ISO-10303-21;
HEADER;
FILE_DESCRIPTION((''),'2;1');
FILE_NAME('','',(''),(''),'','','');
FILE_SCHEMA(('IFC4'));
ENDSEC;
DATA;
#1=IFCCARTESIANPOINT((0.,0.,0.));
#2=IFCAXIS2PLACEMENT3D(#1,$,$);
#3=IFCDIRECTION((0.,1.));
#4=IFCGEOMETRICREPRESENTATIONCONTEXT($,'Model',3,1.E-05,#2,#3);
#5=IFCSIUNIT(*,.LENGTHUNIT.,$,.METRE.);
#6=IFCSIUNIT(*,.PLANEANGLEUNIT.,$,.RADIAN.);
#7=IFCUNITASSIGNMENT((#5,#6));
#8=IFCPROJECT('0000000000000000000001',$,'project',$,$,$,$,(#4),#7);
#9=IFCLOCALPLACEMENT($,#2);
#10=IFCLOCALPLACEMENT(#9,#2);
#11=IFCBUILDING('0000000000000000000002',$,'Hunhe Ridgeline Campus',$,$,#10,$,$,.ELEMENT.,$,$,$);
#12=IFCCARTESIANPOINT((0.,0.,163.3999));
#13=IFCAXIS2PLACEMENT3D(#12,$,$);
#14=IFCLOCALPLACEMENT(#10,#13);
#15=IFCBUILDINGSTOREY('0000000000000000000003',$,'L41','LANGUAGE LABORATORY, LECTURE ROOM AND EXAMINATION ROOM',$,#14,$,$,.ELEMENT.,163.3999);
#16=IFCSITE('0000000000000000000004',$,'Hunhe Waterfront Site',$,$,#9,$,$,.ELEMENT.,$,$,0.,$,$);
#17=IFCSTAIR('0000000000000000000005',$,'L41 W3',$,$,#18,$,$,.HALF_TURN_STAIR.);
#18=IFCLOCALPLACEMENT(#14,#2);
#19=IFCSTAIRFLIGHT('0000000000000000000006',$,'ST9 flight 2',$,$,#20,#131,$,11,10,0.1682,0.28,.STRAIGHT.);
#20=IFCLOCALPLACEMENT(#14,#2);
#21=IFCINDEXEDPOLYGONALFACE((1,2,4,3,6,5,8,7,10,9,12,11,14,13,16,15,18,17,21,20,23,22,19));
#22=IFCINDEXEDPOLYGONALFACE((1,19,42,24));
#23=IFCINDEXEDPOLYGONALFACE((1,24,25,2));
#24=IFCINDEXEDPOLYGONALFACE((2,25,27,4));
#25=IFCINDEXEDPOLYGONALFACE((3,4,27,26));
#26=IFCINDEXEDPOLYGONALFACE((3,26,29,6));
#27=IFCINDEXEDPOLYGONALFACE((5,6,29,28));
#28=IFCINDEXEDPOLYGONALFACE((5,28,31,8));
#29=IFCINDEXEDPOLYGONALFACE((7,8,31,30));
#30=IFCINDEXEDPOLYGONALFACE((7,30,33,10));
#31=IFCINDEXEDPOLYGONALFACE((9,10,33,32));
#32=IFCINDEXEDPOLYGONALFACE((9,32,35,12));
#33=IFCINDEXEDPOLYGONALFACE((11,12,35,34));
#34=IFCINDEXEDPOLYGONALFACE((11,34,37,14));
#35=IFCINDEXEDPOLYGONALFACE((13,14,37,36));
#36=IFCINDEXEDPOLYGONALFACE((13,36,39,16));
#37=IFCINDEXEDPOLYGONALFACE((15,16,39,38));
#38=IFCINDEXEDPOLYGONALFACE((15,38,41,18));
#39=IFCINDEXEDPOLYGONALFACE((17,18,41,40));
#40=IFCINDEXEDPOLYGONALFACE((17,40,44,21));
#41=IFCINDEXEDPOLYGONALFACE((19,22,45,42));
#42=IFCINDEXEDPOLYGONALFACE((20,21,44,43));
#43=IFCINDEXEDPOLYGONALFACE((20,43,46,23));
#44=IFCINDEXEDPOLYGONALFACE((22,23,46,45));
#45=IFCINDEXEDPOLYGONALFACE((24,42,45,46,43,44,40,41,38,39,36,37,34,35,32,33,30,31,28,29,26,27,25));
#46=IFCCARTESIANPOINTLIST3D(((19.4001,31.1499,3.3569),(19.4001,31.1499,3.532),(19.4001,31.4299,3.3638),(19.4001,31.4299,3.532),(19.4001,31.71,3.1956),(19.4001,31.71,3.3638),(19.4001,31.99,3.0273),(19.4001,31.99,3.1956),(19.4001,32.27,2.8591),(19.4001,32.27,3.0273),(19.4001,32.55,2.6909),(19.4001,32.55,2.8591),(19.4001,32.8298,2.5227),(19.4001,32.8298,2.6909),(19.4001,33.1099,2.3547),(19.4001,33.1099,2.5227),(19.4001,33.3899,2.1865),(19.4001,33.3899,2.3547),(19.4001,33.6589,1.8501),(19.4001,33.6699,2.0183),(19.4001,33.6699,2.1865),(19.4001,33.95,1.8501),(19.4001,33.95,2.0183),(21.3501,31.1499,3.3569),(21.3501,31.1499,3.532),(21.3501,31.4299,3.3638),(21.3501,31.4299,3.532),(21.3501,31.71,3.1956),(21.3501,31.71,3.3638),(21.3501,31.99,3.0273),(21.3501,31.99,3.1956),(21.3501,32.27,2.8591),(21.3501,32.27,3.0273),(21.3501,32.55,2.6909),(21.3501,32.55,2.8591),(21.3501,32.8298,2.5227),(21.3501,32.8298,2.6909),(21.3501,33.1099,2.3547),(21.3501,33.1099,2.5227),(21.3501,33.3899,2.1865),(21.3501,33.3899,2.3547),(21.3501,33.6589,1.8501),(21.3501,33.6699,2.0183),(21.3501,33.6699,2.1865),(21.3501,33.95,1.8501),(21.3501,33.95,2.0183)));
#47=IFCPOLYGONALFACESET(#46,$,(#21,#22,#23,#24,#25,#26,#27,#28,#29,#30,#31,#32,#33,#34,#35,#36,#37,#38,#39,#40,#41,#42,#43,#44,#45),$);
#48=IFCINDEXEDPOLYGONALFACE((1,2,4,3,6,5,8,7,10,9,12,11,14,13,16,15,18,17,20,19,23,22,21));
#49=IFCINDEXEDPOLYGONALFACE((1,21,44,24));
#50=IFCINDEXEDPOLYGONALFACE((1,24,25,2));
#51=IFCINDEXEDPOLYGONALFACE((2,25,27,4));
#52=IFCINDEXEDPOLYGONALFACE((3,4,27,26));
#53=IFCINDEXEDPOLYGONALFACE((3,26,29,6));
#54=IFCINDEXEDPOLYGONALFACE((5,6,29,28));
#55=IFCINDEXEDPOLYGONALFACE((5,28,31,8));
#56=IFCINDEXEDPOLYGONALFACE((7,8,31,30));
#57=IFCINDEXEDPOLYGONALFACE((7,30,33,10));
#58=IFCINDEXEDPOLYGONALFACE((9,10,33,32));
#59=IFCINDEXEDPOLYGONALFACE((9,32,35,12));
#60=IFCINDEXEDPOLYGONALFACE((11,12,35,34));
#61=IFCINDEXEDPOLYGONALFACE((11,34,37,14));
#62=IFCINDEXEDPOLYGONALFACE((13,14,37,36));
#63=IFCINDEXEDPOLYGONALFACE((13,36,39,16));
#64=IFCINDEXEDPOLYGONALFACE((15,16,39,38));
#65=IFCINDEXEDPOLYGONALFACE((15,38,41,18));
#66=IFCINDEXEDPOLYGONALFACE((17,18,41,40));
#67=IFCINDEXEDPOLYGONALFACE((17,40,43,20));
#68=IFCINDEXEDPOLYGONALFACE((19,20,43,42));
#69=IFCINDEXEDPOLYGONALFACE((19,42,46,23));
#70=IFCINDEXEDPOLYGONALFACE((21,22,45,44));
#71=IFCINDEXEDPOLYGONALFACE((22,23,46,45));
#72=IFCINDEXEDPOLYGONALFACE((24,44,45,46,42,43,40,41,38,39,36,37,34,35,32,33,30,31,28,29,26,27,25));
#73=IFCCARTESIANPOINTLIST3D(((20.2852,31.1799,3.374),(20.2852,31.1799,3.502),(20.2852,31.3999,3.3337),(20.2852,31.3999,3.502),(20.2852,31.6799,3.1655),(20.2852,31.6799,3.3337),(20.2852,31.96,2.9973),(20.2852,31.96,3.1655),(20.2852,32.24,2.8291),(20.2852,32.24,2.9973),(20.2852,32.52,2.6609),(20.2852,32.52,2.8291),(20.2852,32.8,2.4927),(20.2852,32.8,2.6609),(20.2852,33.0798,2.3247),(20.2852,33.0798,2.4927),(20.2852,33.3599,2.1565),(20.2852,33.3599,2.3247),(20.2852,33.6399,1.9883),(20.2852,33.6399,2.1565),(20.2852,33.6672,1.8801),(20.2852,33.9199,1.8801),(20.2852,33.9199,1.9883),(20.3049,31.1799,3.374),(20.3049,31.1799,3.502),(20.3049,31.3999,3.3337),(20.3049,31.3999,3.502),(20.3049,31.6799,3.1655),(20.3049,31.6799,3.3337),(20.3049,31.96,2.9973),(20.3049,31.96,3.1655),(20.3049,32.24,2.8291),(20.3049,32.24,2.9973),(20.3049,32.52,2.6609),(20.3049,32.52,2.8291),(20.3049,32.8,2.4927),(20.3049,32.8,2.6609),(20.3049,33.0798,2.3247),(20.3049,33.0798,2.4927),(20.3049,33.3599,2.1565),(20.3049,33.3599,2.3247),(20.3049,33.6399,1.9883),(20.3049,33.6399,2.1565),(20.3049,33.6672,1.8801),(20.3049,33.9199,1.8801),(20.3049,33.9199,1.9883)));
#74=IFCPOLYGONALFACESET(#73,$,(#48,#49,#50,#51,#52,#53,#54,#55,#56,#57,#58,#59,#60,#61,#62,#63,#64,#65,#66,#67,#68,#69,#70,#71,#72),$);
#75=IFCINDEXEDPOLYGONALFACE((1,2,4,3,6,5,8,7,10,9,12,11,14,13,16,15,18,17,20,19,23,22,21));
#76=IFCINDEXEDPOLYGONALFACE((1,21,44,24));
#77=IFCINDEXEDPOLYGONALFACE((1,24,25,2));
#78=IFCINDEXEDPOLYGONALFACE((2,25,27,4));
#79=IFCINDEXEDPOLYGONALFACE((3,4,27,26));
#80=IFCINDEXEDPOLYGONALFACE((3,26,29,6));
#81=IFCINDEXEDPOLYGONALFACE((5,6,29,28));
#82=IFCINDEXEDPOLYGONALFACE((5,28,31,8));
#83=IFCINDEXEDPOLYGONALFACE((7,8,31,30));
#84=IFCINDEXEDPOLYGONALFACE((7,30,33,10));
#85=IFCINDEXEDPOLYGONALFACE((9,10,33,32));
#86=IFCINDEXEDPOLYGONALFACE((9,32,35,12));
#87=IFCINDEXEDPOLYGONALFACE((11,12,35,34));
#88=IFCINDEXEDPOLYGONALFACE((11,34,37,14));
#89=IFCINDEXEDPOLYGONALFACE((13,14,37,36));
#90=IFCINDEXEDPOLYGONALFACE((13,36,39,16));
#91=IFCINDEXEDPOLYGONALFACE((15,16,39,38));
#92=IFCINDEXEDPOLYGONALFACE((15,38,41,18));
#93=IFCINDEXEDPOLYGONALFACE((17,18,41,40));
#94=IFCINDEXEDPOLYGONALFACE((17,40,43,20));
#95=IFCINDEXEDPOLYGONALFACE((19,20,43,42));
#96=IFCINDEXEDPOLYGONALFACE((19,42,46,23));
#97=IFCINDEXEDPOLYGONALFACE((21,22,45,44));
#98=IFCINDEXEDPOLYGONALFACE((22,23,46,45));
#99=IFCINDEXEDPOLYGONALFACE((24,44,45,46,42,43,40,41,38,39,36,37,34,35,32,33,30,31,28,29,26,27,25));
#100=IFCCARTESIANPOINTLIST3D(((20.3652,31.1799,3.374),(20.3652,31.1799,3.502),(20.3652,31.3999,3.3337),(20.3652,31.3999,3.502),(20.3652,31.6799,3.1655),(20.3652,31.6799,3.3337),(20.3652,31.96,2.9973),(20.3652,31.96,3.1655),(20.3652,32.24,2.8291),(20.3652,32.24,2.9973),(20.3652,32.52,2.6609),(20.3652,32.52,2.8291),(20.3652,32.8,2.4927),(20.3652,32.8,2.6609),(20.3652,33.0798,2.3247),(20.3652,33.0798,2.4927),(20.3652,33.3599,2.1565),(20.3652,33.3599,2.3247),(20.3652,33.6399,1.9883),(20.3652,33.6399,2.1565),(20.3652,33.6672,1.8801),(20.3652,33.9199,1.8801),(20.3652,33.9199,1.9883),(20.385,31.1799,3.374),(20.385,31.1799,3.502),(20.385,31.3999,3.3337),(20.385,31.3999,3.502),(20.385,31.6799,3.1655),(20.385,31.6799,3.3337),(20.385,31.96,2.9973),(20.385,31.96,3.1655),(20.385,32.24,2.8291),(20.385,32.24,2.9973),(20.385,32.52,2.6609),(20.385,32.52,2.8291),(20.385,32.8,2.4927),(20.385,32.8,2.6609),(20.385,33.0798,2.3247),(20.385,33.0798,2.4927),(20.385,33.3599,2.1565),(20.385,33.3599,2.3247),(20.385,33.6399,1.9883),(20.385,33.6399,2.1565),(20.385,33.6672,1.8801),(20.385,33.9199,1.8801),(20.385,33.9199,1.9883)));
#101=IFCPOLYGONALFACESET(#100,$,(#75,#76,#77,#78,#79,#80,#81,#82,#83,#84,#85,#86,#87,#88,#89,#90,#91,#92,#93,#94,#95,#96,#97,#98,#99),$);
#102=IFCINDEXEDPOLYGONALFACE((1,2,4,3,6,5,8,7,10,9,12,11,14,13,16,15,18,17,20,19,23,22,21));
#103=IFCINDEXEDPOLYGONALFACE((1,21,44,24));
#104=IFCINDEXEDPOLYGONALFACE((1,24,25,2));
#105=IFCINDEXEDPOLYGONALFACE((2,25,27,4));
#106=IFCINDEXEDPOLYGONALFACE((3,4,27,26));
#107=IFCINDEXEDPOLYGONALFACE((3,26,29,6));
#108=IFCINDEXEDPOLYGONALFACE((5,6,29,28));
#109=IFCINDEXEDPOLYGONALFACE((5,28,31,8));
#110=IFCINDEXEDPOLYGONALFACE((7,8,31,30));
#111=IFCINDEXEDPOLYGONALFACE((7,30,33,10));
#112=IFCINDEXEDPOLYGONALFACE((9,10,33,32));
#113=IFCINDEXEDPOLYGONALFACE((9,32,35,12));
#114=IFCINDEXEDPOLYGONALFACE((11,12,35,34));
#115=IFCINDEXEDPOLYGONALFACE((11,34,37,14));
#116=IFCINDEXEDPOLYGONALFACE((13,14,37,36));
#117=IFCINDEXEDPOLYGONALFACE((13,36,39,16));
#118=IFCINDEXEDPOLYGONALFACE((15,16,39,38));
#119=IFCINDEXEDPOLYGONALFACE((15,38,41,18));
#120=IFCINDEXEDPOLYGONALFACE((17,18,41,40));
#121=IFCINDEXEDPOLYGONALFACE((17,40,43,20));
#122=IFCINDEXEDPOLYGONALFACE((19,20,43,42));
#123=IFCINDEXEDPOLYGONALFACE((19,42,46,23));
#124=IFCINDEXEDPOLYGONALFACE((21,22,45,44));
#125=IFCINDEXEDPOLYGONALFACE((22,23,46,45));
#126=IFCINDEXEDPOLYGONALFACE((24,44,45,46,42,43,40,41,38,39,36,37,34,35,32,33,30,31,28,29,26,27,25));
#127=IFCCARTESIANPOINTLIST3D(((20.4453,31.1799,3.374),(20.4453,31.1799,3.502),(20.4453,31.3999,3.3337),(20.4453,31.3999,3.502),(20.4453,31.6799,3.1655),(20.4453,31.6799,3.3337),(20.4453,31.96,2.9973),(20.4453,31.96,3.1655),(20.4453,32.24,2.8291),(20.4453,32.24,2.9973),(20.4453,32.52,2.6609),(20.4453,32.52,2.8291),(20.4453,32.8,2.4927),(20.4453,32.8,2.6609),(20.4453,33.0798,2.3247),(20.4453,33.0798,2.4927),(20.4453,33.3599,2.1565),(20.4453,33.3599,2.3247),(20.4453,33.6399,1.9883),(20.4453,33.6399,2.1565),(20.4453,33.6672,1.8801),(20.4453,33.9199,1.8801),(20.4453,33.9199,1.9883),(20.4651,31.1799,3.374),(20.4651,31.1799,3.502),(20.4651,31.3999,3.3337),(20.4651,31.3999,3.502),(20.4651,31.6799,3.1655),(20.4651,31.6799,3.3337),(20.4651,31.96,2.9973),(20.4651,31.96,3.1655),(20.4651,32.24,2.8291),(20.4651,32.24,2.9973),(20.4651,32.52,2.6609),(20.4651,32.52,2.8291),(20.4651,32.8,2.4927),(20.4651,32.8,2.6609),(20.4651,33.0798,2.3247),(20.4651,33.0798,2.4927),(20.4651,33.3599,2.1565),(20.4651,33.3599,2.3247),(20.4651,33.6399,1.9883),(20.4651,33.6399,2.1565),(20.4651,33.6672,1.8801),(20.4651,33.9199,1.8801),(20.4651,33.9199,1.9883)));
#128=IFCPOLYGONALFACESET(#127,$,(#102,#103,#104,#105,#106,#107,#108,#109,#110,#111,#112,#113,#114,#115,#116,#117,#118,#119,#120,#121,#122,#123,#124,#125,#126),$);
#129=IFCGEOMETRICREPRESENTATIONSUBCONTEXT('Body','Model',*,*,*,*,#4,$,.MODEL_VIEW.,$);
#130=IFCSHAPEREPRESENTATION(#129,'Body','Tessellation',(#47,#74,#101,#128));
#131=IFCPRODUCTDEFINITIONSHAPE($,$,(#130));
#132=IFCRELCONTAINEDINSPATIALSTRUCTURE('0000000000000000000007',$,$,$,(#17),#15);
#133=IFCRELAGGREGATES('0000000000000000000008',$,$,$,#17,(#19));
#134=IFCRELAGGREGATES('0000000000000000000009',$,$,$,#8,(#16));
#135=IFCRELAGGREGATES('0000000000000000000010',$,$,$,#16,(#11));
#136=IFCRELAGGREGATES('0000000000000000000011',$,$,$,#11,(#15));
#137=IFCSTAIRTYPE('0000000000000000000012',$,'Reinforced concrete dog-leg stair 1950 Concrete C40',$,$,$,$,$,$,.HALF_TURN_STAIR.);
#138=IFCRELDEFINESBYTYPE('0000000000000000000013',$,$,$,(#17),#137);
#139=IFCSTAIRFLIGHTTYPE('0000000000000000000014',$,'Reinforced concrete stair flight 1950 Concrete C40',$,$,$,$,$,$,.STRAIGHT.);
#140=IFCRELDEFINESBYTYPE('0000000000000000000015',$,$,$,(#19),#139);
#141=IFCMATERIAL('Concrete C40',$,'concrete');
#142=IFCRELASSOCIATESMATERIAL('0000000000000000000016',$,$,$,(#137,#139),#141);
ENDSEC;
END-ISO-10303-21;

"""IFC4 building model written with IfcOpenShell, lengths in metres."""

from ifc_helpers import new_model, si_unit, direction, frame, origin, place, context, subcontext, project, spatial, polyline, outline, extrude, material, type_object, element, aggregate, save


model = new_model("IFC4")

# Units and contexts
model_context = context("Model", 3, precision=1e-05, world=origin(), true_north=direction((0.0, 1.0)))
body_context = subcontext(model_context, "Body", "Model", "MODEL_VIEW")
ifc_project = project(units=[si_unit("LENGTHUNIT", "METRE"), si_unit("PLANEANGLEUNIT", "RADIAN")], contexts=[model_context])

# Site, building, storey
site_placement = place(None, origin())
site = spatial("IfcSite", under=ifc_project, at=site_placement, Name="Hunhe Waterfront Site", CompositionType="ELEMENT", RefElevation=0.0)
building_placement = place(site_placement, origin())
building = spatial("IfcBuilding", under=site, at=building_placement, Name="Hunhe Ridgeline Campus", CompositionType="ELEMENT")
storey_placement = place(building_placement, frame((0.0, 0.0, 163.3999)))
storey = spatial("IfcBuildingStorey", under=building, at=storey_placement, Name="L41", Description="LANGUAGE LABORATORY, LECTURE ROOM AND EXAMINATION ROOM", CompositionType="ELEMENT", Elevation=163.3999)

# Stair, stair flight
ifc_material_1 = material(Name="Concrete C40", Category="concrete")
stair_type = type_object("IfcStairType", Name="Reinforced concrete dog-leg stair 1950 Concrete C40", PredefinedType="HALF_TURN_STAIR", material=ifc_material_1)
stair_placement = place(storey_placement, origin())
stair = element("IfcStair", 1, at=stair_placement, inside=storey, type_object=stair_type, Name="L41 W3", PredefinedType="HALF_TURN_STAIR")
stair_flight_type = type_object("IfcStairFlightType", Name="Reinforced concrete stair flight 1950 Concrete C40", PredefinedType="STRAIGHT", material=ifc_material_1)
stair_flight_1_placement = place(storey_placement, frame((20.375, 33.95, 1.8501), z_axis=(0.0, 0.0, 1.0), x_axis=(0.0, -1.0, 0.0)))
stair_flight_1 = element("IfcStairFlight", 2, at=stair_flight_1_placement, type_object=stair_flight_type, Name="ST9 flight 2", NumberOfRisers=11, NumberOfTreads=10, PredefinedType="STRAIGHT", RiserHeight=0.1682, TreadLength=0.28, context=body_context, shape_type="SweptSolid", body=[
    extrude(outline(polyline([(0.0, 0.0), (0.0, 0.1682), (0.28, 0.1682), (0.28, 0.3364), (0.5601, 0.3364), (0.5601, 0.5046), (0.8401, 0.5046), (0.8401, 0.6726), (1.1201, 0.6726), (1.1201, 0.8408), (1.3999, 0.8408), (1.3999, 1.009), (1.6799, 1.009), (1.6799, 1.1772), (1.96, 1.1772), (1.96, 1.3455), (2.24, 1.3455), (2.24, 1.5137), (2.52, 1.5137), (2.52, 1.6819), (2.8, 1.6819), (2.8, 1.8501), (2.8, 1.5068), (0.291, 0.0), (0.0, 0.0)])), frame((0.0, 0.9751, 0.0), z_axis=(0.0, -1.0, 0.0), x_axis=(1.0, 0.0, 0.0)), (0.0, 0.0, 1.0), 1.95),
    extrude(outline(polyline([(0.03, 0.03), (0.03, 0.1382), (0.3101, 0.1382), (0.3101, 0.3064), (0.5901, 0.3064), (0.5901, 0.4746), (0.8701, 0.4746), (0.8701, 0.6426), (1.1499, 0.6426), (1.1499, 0.8108), (1.4299, 0.8108), (1.4299, 0.979), (1.71, 0.979), (1.71, 1.1472), (1.99, 1.1472), (1.99, 1.3154), (2.27, 1.3154), (2.27, 1.4836), (2.55, 1.4836), (2.55, 1.6519), (2.77, 1.6519), (2.77, 1.5239), (0.2827, 0.03), (0.03, 0.03)])), frame((0.0, -0.0701, 0.0), z_axis=(0.0, -1.0, 0.0), x_axis=(1.0, 0.0, 0.0)), (0.0, 0.0, 1.0), 0.0198),
    extrude(outline(polyline([(0.03, 0.03), (0.03, 0.1382), (0.3101, 0.1382), (0.3101, 0.3064), (0.5901, 0.3064), (0.5901, 0.4746), (0.8701, 0.4746), (0.8701, 0.6426), (1.1499, 0.6426), (1.1499, 0.8108), (1.4299, 0.8108), (1.4299, 0.979), (1.71, 0.979), (1.71, 1.1472), (1.99, 1.1472), (1.99, 1.3154), (2.27, 1.3154), (2.27, 1.4836), (2.55, 1.4836), (2.55, 1.6519), (2.77, 1.6519), (2.77, 1.5239), (0.2827, 0.03), (0.03, 0.03)])), frame((0.0, 0.01, 0.0), z_axis=(0.0, -1.0, 0.0), x_axis=(1.0, 0.0, 0.0)), (0.0, 0.0, 1.0), 0.0198),
    extrude(outline(polyline([(0.03, 0.03), (0.03, 0.1382), (0.3101, 0.1382), (0.3101, 0.3064), (0.5901, 0.3064), (0.5901, 0.4746), (0.8701, 0.4746), (0.8701, 0.6426), (1.1499, 0.6426), (1.1499, 0.8108), (1.4299, 0.8108), (1.4299, 0.979), (1.71, 0.979), (1.71, 1.1472), (1.99, 1.1472), (1.99, 1.3154), (2.27, 1.3154), (2.27, 1.4836), (2.55, 1.4836), (2.55, 1.6519), (2.77, 1.6519), (2.77, 1.5239), (0.2827, 0.03), (0.03, 0.03)])), frame((0.0, 0.0901, 0.0), z_axis=(0.0, -1.0, 0.0), x_axis=(1.0, 0.0, 0.0)), (0.0, 0.0, 1.0), 0.0198),
])
aggregate(stair, [stair_flight_1])

save(model, "model.ifc")
